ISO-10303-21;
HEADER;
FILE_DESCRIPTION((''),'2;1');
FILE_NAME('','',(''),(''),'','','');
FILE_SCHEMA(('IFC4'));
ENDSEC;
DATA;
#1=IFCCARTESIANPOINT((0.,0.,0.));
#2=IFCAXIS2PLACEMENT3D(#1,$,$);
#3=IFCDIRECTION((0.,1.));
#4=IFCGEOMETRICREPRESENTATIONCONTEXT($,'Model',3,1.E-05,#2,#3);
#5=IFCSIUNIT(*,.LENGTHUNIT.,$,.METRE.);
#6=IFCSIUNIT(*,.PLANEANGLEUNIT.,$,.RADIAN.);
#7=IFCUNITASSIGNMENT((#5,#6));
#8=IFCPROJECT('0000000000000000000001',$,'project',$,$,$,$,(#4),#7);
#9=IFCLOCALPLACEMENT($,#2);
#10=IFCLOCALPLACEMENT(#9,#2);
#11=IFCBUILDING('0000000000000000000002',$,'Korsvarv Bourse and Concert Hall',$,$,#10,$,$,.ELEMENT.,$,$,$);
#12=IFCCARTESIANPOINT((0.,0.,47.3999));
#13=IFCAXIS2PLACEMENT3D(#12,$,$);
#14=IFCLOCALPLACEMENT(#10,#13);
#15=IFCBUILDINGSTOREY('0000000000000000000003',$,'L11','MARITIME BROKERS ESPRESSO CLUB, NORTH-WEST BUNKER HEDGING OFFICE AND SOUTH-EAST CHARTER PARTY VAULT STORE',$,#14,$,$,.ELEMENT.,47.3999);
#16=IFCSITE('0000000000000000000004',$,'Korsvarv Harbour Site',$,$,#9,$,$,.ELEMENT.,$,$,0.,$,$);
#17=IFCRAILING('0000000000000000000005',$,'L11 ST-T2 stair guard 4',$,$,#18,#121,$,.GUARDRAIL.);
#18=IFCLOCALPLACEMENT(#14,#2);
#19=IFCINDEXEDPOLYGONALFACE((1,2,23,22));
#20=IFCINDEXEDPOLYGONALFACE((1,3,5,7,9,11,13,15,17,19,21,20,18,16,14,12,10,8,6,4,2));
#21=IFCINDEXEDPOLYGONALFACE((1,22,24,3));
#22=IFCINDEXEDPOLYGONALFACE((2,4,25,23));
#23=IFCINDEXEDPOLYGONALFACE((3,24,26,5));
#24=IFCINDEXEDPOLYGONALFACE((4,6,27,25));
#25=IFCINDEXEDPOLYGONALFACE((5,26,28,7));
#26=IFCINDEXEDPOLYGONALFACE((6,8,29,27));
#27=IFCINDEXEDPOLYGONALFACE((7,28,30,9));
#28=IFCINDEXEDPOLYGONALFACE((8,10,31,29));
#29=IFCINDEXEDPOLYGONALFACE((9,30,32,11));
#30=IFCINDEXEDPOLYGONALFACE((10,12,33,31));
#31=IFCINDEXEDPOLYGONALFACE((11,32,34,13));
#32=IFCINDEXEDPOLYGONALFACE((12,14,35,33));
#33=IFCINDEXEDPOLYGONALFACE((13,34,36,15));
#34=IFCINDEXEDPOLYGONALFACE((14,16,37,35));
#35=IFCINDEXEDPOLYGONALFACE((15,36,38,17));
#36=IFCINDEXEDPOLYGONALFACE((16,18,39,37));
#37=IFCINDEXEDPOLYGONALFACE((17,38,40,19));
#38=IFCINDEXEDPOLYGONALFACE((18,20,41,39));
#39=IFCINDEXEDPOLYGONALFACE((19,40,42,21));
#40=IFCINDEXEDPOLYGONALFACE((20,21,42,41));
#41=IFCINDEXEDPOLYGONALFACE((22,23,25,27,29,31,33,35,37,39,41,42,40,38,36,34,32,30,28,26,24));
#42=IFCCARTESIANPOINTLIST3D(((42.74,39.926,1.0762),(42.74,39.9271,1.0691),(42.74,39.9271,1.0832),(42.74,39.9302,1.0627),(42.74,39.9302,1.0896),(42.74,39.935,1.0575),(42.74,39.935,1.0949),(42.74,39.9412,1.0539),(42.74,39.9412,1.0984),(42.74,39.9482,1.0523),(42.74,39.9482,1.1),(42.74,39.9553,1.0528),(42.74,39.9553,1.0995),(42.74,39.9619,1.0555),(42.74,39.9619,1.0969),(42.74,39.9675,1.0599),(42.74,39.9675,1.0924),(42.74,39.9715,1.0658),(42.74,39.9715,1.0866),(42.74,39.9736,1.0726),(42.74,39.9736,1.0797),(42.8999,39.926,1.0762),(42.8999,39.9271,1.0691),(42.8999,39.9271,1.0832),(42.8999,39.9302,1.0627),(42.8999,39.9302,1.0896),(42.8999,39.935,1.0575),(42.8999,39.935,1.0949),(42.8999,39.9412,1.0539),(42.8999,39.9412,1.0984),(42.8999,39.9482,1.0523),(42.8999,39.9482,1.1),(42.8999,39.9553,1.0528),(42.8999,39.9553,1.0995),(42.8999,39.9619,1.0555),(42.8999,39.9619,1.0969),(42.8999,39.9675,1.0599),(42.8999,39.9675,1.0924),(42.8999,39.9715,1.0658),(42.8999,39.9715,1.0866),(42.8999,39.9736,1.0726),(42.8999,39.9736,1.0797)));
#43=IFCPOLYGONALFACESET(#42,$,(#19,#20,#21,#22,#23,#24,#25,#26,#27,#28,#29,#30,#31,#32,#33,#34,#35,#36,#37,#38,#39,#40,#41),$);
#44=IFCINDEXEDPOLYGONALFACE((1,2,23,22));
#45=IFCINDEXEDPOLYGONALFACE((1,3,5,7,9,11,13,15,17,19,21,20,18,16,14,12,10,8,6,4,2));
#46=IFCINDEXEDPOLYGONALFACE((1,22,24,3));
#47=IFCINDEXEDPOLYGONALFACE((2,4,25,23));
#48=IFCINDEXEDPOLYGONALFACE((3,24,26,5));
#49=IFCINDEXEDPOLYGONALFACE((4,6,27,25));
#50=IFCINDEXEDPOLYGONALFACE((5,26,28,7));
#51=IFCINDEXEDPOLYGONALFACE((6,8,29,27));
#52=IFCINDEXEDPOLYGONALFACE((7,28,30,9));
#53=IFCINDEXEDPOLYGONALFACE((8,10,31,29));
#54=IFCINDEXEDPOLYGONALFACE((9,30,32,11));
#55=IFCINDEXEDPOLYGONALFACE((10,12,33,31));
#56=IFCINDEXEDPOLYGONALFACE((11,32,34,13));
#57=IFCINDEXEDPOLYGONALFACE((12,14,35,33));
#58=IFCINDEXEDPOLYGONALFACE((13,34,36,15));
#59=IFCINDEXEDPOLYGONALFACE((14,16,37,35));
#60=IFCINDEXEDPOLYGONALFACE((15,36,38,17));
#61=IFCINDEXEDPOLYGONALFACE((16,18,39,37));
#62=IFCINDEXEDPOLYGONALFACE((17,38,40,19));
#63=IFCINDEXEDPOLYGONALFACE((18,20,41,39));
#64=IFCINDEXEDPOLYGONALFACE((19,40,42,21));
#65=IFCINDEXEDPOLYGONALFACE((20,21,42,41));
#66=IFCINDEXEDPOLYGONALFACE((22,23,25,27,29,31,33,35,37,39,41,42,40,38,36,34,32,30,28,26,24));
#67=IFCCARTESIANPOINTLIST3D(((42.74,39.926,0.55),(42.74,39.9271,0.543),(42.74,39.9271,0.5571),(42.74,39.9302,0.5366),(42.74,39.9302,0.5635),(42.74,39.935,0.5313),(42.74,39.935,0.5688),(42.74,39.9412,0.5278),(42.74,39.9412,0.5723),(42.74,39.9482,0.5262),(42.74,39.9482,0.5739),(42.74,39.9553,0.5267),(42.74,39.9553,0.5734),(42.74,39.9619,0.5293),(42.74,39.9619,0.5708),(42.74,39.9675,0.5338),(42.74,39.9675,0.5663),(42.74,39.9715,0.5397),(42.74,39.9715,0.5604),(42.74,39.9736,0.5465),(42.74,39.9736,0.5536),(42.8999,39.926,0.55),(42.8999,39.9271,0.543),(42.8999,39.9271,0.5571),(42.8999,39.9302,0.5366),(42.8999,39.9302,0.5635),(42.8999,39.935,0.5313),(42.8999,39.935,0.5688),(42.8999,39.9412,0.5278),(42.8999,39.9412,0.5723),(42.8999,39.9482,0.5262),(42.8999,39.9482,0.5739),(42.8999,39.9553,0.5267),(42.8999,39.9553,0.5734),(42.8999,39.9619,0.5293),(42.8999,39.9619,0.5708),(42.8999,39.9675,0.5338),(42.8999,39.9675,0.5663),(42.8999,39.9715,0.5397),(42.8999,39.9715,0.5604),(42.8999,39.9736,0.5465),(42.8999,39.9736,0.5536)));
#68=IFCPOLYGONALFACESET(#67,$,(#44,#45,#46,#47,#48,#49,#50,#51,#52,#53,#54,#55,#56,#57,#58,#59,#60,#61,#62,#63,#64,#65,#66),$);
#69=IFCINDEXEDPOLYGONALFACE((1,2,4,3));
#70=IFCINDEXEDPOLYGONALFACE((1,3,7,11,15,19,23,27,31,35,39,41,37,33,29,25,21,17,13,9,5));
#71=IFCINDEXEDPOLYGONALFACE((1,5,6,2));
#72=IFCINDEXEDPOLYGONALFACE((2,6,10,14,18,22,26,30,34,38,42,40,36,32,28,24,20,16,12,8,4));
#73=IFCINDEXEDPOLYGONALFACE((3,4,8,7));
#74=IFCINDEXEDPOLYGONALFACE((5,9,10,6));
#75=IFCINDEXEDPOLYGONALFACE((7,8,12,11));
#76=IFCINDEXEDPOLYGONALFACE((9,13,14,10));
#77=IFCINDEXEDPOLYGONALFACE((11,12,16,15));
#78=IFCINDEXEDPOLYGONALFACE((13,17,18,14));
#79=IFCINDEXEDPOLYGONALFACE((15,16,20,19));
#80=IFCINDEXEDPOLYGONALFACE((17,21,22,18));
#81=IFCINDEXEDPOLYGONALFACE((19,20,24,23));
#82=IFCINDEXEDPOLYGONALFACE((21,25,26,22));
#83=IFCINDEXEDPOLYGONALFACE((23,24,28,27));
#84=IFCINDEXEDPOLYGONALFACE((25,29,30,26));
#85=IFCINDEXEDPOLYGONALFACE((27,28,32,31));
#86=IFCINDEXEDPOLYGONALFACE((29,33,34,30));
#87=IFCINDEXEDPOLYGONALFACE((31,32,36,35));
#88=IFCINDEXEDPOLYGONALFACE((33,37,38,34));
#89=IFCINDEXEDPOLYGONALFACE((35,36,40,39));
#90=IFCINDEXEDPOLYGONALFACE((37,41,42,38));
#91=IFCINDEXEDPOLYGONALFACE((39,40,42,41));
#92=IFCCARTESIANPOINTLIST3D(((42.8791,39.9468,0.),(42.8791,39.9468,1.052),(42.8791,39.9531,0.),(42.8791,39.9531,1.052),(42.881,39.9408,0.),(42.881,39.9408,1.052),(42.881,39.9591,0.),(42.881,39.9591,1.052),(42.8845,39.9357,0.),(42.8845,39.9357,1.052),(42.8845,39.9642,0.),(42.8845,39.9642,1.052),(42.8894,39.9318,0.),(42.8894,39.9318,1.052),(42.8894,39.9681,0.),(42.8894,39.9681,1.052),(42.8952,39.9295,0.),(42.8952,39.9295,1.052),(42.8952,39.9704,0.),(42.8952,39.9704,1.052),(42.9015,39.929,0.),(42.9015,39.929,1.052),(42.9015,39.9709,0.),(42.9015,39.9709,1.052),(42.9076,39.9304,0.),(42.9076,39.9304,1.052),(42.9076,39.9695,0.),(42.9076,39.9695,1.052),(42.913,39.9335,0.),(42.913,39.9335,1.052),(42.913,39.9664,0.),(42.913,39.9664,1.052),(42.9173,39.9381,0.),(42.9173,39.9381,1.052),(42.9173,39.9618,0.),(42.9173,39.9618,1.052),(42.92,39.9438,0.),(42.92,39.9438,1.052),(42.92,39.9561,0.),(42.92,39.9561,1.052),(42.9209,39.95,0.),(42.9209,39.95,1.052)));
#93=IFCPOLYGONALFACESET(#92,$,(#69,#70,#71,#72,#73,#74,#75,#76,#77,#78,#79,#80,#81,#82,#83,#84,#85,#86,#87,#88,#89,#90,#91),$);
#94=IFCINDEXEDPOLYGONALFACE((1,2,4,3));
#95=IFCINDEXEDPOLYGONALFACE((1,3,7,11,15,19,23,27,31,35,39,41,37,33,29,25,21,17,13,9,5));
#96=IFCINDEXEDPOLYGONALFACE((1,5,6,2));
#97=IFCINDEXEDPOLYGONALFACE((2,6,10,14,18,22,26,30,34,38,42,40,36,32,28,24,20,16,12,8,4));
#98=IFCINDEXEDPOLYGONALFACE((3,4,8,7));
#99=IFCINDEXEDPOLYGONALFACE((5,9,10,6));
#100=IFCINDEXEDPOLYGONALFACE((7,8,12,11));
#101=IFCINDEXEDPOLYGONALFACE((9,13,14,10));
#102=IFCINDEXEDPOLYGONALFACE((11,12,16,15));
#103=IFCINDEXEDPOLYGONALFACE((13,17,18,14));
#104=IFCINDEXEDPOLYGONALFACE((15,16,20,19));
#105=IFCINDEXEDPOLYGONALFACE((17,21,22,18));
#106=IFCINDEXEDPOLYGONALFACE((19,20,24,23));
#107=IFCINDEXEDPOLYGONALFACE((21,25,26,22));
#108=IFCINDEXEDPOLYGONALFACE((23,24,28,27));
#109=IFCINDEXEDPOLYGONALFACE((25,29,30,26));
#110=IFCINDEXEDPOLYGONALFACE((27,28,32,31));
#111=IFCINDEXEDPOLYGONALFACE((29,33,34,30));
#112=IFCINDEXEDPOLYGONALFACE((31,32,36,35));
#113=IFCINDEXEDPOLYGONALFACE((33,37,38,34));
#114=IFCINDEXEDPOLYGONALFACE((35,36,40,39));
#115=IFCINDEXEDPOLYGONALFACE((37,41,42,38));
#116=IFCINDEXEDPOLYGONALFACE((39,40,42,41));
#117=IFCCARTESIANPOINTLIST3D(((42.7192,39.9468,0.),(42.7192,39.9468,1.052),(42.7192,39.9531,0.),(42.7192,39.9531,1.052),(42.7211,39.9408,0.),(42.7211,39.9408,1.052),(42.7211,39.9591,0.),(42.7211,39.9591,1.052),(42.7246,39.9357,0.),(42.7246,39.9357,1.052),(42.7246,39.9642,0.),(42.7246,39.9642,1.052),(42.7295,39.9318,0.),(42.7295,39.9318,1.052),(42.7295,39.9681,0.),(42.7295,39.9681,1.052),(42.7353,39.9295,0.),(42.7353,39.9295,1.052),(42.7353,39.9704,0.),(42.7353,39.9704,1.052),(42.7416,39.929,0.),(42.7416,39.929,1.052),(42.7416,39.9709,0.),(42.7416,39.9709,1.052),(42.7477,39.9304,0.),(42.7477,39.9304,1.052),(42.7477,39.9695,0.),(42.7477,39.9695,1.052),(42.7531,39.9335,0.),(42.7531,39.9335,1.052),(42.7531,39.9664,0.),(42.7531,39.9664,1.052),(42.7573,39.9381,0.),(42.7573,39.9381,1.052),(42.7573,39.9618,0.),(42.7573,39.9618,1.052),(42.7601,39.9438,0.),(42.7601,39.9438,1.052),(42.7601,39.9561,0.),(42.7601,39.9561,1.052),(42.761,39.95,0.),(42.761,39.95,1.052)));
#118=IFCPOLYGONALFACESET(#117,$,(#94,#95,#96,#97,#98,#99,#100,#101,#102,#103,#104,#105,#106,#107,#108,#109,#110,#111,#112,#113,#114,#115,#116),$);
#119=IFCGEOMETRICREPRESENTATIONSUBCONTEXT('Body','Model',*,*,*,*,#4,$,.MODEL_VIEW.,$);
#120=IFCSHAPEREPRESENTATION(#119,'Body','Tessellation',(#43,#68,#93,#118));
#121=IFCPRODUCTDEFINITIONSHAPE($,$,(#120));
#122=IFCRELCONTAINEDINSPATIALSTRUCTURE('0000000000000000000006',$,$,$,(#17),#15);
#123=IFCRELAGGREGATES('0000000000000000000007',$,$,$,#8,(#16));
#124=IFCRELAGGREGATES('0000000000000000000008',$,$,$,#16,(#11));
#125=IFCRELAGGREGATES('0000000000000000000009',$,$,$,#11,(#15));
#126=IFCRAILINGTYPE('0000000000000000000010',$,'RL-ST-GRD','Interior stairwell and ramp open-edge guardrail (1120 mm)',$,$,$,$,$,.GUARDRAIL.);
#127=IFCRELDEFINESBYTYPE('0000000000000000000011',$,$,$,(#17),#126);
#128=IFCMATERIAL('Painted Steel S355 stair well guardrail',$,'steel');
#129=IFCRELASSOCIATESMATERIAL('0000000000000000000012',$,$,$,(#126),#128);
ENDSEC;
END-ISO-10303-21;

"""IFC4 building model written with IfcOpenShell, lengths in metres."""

from ifc_helpers import new_model, si_unit, direction, frame, origin, origin_2d, place, context, subcontext, project, spatial, circle, extrude, material, type_object, element, save


model = new_model("IFC4")

# Units and contexts
model_context = context("Model", 3, precision=1e-05, world=origin(), true_north=direction((0.0, 1.0)))
body_context = subcontext(model_context, "Body", "Model", "MODEL_VIEW")
ifc_project = project(units=[si_unit("LENGTHUNIT", "METRE"), si_unit("PLANEANGLEUNIT", "RADIAN")], contexts=[model_context])

# Site, building, storey
site_placement = place(None, origin())
site = spatial("IfcSite", under=ifc_project, at=site_placement, Name="Korsvarv Harbour Site", CompositionType="ELEMENT", RefElevation=0.0)
building_placement = place(site_placement, origin())
building = spatial("IfcBuilding", under=site, at=building_placement, Name="Korsvarv Bourse and Concert Hall", CompositionType="ELEMENT")
storey_placement = place(building_placement, frame((0.0, 0.0, 47.3999)))
storey = spatial("IfcBuildingStorey", under=building, at=storey_placement, Name="L11", Description="MARITIME BROKERS ESPRESSO CLUB, NORTH-WEST BUNKER HEDGING OFFICE AND SOUTH-EAST CHARTER PARTY VAULT STORE", CompositionType="ELEMENT", Elevation=47.3999)

# Railing
ifc_material_1 = material(Name="Painted Steel S355 stair well guardrail", Category="steel")
railing_type_1 = type_object("IfcRailingType", Name="RL-ST-GRD", Description="Interior stairwell and ramp open-edge guardrail (1120 mm)", PredefinedType="GUARDRAIL", material=ifc_material_1)
railing_1_placement = place(storey_placement, frame((42.8999, 39.95, 0.0)))
element("IfcRailing", 1, at=railing_1_placement, inside=storey, type_object=railing_type_1, Name="L11 ST-T2 stair guard 4", PredefinedType="GUARDRAIL", context=body_context, shape_type="SweptSolid", body=[
    extrude(circle(Radius=0.0239, at=origin_2d()), frame((0.0, 0.0, 1.0762), z_axis=(-1.0, 0.0, 0.0), x_axis=(0.0, -1.0, 0.0)), (0.0, 0.0, 1.0), 0.1599),
    extrude(circle(Radius=0.0239, at=origin_2d()), frame((0.0, 0.0, 0.55), z_axis=(-1.0, 0.0, 0.0), x_axis=(0.0, -1.0, 0.0)), (0.0, 0.0, 1.0), 0.1599),
    extrude(circle(Radius=0.021, at=origin_2d()), origin(), (0.0, 0.0, 1.0), 1.052),
    extrude(circle(Radius=0.021, at=origin_2d()), frame((-0.1599, 0.0, 0.0)), (0.0, 0.0, 1.0), 1.052),
])

save(model, "model.ifc")
